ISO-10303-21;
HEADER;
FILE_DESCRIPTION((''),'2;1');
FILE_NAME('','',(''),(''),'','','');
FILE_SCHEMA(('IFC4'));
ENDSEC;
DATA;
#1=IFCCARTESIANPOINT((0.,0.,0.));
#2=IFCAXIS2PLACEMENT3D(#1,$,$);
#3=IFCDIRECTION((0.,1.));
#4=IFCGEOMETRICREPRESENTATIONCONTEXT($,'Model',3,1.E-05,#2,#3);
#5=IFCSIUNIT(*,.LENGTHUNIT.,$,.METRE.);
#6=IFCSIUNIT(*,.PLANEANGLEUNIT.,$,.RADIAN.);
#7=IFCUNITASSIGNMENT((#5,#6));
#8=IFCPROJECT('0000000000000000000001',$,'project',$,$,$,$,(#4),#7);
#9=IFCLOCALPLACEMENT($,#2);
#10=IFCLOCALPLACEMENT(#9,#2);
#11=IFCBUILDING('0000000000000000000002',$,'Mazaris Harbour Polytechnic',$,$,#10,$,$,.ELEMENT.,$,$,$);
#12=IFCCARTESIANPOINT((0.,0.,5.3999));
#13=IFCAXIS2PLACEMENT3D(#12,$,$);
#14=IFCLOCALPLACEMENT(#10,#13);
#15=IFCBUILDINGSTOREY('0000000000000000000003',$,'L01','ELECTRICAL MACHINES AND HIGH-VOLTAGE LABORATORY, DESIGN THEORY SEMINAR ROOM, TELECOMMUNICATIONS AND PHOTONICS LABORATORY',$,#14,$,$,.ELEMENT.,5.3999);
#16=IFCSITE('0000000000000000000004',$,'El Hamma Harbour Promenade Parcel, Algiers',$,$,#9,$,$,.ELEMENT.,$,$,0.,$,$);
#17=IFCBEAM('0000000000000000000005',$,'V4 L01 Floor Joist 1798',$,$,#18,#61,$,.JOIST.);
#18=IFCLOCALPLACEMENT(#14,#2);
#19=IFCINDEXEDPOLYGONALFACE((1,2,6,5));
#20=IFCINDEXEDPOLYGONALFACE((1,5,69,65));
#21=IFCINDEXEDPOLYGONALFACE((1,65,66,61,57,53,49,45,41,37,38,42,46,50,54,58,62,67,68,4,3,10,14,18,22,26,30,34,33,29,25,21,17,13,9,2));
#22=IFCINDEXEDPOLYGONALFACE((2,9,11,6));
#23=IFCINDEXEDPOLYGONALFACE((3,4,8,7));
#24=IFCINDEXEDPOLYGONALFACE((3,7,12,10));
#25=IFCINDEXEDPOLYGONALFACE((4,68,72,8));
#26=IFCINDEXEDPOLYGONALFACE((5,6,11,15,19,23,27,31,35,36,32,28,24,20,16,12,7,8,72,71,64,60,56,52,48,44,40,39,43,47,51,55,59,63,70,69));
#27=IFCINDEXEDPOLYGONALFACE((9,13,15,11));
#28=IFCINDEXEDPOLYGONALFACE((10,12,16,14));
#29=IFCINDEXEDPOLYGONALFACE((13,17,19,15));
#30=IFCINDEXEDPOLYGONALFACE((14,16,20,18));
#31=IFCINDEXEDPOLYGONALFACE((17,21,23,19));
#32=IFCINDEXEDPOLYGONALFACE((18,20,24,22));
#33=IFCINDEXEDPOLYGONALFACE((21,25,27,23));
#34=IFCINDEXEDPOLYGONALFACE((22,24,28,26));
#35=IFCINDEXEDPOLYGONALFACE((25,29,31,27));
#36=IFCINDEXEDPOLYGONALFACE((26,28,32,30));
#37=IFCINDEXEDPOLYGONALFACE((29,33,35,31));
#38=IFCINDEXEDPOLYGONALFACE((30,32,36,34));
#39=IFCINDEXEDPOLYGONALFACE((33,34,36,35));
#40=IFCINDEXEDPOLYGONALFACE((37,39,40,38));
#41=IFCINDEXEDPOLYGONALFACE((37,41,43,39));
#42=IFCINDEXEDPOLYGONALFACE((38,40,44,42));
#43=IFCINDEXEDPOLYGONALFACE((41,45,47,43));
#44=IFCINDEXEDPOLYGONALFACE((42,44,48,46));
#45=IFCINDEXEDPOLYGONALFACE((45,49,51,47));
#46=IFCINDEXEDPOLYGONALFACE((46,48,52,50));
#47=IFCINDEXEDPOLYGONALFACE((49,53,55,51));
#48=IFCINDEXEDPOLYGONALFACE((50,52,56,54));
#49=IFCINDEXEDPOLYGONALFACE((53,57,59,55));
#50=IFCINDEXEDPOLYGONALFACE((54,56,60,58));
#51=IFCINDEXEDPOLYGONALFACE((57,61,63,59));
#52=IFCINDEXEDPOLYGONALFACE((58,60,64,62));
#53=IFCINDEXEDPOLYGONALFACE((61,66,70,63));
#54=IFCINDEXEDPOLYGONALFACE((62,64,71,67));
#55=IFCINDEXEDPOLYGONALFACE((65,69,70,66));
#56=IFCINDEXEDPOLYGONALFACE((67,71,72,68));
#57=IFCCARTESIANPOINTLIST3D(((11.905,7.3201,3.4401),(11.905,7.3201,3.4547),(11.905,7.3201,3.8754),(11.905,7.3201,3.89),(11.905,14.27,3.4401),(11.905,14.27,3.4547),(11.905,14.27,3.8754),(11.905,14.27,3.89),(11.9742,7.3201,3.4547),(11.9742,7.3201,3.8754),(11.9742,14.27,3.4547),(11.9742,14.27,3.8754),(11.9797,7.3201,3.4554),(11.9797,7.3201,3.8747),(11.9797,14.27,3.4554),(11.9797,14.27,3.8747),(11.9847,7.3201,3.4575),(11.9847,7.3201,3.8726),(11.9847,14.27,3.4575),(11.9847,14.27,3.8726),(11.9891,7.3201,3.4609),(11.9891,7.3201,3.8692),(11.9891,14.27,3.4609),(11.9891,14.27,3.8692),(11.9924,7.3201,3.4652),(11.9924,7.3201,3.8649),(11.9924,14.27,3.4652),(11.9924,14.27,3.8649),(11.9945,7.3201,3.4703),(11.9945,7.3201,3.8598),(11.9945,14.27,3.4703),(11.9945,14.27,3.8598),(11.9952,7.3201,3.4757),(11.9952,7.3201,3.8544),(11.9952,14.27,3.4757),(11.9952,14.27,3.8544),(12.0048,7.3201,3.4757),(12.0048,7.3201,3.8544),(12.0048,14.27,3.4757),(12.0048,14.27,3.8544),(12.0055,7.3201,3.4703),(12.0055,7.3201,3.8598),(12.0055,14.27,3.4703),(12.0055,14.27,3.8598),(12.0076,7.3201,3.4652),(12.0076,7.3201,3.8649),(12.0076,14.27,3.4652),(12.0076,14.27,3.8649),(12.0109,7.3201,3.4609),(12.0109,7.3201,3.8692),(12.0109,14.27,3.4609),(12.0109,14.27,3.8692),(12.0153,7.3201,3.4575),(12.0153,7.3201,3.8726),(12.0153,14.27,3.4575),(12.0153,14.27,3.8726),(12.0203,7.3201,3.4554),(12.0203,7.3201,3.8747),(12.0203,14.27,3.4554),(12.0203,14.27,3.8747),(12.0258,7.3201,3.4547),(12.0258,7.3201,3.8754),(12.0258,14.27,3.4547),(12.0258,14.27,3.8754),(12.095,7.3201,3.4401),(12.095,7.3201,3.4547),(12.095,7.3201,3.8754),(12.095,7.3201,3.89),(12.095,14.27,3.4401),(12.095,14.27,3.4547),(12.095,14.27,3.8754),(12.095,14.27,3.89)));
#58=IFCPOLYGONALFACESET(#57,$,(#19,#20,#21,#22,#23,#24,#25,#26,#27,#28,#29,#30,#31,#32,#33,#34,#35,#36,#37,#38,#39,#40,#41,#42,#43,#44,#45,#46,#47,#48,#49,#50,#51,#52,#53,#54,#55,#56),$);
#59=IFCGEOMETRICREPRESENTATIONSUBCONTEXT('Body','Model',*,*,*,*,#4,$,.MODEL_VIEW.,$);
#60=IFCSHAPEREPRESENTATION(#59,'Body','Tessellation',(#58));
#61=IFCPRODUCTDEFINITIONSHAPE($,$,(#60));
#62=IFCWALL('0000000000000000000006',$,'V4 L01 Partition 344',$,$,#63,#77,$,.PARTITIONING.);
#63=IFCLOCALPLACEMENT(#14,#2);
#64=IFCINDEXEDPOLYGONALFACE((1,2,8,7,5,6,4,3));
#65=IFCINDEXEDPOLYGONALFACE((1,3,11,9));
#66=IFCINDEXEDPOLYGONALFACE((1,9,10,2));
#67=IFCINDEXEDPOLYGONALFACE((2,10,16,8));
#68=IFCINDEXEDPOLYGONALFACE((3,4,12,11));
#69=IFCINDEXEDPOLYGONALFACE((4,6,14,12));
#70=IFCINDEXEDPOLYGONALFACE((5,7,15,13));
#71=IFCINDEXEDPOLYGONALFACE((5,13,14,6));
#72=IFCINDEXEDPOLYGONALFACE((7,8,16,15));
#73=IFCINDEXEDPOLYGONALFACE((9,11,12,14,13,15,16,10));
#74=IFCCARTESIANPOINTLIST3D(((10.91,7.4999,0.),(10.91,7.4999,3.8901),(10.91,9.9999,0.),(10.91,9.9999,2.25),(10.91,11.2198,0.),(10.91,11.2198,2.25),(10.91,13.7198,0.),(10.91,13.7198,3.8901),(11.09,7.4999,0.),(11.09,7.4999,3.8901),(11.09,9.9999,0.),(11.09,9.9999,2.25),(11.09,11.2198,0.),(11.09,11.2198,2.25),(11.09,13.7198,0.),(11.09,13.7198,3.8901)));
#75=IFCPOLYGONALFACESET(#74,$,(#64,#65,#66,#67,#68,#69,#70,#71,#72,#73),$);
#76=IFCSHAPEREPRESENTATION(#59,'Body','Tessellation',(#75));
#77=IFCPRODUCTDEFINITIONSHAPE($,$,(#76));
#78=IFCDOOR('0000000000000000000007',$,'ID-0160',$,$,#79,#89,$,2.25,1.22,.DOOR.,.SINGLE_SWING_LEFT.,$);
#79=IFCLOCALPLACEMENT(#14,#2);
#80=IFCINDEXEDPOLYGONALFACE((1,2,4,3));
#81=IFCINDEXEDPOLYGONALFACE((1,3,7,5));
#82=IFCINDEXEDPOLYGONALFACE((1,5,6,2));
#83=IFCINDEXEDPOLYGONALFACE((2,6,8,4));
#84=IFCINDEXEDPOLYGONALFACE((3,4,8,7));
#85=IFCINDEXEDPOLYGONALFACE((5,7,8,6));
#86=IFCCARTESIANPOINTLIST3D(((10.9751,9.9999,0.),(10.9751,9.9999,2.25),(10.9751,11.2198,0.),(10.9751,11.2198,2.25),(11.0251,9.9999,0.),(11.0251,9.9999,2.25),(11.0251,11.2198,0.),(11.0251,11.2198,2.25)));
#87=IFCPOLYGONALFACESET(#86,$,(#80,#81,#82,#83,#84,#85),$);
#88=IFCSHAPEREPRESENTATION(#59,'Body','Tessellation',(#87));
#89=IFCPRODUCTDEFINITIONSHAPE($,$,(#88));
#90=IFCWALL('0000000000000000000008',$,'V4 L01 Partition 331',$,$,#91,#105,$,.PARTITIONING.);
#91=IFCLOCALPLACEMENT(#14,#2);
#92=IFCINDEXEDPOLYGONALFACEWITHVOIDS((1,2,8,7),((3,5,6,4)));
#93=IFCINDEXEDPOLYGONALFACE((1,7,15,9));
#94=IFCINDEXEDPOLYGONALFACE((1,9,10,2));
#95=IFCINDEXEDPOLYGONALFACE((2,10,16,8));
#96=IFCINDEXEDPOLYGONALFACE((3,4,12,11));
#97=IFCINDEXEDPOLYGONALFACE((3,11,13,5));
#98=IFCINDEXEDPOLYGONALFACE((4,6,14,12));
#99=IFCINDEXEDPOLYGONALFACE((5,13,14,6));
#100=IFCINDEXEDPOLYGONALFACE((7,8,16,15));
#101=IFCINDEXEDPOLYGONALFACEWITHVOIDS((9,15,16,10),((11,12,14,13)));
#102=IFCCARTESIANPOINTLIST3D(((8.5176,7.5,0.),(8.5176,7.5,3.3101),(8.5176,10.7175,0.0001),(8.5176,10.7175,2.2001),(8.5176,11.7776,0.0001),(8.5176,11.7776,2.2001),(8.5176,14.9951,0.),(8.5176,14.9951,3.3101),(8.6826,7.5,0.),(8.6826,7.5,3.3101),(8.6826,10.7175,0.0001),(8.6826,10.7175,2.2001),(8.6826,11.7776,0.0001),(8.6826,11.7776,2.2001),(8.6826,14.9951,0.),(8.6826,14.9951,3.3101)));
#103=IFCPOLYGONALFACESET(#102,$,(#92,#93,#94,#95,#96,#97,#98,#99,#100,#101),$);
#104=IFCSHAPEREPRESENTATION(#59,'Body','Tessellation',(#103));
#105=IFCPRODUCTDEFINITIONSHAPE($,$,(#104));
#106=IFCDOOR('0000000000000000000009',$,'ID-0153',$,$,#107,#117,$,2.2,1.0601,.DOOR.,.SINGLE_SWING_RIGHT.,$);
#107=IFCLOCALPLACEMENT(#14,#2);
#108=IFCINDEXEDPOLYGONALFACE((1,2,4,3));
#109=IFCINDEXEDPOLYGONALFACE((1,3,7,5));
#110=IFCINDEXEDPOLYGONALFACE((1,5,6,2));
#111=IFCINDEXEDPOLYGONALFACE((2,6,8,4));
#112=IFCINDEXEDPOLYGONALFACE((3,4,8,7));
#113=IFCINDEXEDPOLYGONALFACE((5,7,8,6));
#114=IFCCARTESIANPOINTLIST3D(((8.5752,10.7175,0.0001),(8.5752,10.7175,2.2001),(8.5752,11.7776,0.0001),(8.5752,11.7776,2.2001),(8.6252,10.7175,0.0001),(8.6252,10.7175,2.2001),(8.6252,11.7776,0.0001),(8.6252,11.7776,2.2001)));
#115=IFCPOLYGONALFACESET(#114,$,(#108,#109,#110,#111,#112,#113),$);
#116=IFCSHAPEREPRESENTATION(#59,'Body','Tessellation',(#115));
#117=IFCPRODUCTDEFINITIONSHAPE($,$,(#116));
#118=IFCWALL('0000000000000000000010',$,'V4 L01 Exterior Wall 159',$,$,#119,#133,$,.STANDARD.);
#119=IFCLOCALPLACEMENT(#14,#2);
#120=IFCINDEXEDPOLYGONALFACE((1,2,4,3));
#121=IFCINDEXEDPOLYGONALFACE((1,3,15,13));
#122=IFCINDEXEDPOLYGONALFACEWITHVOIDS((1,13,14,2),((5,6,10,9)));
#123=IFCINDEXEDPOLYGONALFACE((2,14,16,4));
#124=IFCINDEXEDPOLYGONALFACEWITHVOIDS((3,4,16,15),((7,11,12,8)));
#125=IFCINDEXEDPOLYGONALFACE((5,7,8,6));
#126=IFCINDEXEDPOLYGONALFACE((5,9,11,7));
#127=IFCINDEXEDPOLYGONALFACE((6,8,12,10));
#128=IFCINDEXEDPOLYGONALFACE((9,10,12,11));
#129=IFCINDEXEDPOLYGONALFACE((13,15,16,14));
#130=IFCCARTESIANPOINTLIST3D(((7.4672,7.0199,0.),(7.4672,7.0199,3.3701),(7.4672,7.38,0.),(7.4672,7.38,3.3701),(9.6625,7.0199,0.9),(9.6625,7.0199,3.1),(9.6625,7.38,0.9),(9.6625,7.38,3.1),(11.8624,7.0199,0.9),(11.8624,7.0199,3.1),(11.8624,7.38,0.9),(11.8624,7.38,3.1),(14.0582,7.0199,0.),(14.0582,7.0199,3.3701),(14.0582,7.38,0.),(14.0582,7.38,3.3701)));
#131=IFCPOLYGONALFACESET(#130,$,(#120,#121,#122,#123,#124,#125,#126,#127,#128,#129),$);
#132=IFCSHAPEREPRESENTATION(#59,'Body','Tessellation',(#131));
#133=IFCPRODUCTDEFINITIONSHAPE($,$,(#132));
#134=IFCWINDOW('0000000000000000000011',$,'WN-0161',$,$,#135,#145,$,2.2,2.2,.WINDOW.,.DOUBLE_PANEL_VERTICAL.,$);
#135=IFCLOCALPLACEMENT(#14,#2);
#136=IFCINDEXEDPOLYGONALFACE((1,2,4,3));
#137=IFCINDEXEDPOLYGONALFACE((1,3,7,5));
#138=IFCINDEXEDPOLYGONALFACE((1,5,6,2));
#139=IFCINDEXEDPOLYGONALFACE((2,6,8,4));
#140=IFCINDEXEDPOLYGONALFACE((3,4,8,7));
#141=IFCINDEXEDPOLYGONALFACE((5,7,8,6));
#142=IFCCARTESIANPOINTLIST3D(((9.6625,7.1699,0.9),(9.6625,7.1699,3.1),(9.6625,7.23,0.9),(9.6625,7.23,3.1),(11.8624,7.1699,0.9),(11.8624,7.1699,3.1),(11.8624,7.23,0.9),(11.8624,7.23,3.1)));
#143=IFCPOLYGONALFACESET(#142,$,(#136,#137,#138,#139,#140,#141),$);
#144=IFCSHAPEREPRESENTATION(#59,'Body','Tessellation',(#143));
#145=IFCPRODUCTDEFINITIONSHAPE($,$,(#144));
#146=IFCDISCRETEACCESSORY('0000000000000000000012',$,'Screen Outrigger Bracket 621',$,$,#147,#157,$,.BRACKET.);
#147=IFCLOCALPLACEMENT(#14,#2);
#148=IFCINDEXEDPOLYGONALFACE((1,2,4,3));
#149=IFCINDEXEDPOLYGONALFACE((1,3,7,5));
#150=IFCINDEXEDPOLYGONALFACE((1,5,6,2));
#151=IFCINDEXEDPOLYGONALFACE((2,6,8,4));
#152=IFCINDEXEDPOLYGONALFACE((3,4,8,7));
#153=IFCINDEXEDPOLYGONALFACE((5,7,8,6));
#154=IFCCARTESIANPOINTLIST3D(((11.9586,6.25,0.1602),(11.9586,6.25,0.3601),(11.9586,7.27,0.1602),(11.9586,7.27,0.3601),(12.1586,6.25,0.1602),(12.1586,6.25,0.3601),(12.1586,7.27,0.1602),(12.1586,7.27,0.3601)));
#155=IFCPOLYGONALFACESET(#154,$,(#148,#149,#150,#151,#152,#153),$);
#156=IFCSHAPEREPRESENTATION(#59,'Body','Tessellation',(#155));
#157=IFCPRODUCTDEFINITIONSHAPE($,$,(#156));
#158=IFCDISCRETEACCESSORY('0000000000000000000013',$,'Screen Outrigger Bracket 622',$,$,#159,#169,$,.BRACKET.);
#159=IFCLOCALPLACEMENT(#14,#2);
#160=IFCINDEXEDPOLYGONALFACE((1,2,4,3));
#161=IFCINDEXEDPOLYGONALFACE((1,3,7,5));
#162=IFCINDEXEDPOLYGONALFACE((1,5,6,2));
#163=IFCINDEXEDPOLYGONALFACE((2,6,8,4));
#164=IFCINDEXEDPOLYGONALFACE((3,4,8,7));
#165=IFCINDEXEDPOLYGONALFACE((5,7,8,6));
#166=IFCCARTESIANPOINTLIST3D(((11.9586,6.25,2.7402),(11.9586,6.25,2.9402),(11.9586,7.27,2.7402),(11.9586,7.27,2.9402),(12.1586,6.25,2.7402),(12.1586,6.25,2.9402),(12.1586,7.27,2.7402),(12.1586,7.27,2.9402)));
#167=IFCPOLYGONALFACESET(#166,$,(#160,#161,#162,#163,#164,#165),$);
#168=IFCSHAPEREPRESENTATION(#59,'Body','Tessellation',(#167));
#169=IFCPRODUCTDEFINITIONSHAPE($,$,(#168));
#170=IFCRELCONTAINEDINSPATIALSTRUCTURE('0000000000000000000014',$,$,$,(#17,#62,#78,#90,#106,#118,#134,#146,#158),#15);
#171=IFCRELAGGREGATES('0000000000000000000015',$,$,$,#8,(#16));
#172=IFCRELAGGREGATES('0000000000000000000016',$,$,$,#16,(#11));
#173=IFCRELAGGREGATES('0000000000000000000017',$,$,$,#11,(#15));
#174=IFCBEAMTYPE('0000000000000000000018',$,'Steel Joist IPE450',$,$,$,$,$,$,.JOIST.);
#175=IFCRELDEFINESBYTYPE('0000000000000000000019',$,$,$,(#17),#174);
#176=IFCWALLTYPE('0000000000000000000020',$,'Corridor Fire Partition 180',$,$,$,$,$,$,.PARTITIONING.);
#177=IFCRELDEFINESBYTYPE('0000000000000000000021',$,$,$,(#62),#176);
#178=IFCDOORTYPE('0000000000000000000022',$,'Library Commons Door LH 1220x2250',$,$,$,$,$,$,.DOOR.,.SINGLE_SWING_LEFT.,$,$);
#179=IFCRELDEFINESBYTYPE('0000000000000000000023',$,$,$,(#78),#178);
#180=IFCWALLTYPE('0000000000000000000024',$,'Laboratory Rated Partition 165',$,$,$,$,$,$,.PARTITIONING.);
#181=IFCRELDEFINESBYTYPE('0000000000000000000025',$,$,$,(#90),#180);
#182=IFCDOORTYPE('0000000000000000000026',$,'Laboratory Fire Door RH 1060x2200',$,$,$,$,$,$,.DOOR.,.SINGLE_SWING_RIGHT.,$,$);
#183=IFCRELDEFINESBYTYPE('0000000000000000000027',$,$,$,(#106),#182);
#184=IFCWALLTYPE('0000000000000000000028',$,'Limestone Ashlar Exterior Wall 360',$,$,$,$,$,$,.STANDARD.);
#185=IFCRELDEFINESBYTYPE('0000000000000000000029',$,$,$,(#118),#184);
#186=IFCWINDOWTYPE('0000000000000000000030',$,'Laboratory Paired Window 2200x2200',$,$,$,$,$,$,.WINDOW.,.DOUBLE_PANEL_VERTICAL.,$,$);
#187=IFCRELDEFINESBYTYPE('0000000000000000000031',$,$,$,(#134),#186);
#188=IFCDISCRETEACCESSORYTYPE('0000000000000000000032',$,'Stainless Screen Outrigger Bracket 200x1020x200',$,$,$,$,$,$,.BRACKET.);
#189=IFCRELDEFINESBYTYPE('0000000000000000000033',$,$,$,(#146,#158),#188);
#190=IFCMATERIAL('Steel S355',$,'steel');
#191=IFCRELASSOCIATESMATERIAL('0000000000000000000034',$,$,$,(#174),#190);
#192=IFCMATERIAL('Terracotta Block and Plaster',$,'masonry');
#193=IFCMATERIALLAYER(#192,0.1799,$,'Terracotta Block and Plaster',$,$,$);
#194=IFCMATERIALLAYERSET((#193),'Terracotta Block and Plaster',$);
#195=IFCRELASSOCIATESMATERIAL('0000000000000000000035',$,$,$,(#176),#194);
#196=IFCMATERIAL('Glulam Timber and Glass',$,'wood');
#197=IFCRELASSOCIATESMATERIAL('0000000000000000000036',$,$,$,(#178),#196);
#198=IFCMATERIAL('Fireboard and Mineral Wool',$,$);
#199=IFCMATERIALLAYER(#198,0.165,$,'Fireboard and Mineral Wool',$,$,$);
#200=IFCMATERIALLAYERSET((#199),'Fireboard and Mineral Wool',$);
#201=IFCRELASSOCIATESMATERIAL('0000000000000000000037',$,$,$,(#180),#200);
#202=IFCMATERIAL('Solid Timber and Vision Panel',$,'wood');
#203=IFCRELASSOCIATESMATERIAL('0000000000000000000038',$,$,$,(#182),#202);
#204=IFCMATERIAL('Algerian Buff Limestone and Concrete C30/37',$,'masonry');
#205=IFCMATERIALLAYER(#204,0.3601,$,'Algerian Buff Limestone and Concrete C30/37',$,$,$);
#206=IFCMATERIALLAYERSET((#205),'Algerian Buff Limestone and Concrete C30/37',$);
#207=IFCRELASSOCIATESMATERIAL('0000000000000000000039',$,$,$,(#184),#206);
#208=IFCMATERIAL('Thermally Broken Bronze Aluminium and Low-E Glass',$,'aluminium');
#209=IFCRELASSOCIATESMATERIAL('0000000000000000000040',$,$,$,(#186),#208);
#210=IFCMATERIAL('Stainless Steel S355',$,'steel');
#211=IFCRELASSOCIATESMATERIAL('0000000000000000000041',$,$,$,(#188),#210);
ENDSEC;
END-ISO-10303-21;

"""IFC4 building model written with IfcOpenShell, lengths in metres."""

from ifc_helpers import new_model, si_unit, direction, frame, frame_2d, origin, origin_2d, place, context, subcontext, project, spatial, rectangle, i_section, extrude, material, layer, layer_set, material_profile, profile_set, type_object, element, fill, save


model = new_model("IFC4")

# Units and contexts
model_context = context("Model", 3, precision=1e-05, world=origin(), true_north=direction((0.0, 1.0)))
body_context = subcontext(model_context, "Body", "Model", "MODEL_VIEW")
ifc_project = project(units=[si_unit("LENGTHUNIT", "METRE"), si_unit("PLANEANGLEUNIT", "RADIAN")], contexts=[model_context])

# Site, building, storey
site_placement = place(None, origin())
site = spatial("IfcSite", under=ifc_project, at=site_placement, Name="El Hamma Harbour Promenade Parcel, Algiers", CompositionType="ELEMENT", RefElevation=0.0)
building_placement = place(site_placement, origin())
building = spatial("IfcBuilding", under=site, at=building_placement, Name="Mazaris Harbour Polytechnic", CompositionType="ELEMENT")
storey_placement = place(building_placement, frame((0.0, 0.0, 5.3999)))
storey = spatial("IfcBuildingStorey", under=building, at=storey_placement, Name="L01", Description="ELECTRICAL MACHINES AND HIGH-VOLTAGE LABORATORY, DESIGN THEORY SEMINAR ROOM, TELECOMMUNICATIONS AND PHOTONICS LABORATORY", CompositionType="ELEMENT", Elevation=5.3999)

# Beam
ifc_material_1 = material(Name="Steel S355", Category="steel")
ifc_material_profile_1 = material_profile(ifc_material_1, i_section(OverallWidth=0.1899, OverallDepth=0.45, WebThickness=0.0095, FlangeThickness=0.0146, FilletRadius=0.021, at=origin_2d()), Name="IPE 450")
ifc_profile_set_1 = profile_set([ifc_material_profile_1], Name="Steel S355")
beam_type_1 = type_object("IfcBeamType", Name="Steel Joist IPE450", PredefinedType="JOIST", material=ifc_profile_set_1)
beam_1_placement = place(storey_placement, frame((12.0, 7.3201, 3.665), z_axis=(0.0, 1.0, 0.0), x_axis=(-1.0, 0.0, 0.0)))
element("IfcBeam", 1, at=beam_1_placement, inside=storey, type_object=beam_type_1, Name="V4 L01 Floor Joist 1798", PredefinedType="JOIST", context=body_context, shape_type="SweptSolid", body=[
    extrude(i_section(OverallWidth=0.1899, OverallDepth=0.45, WebThickness=0.0095, FlangeThickness=0.0146, FilletRadius=0.021, at=origin_2d()), origin(), (0.0, 0.0, 1.0), 6.95),
])

# Walls, openings, doors
ifc_material_2 = material(Name="Terracotta Block and Plaster", Category="masonry")
ifc_layer_1 = layer(ifc_material_2, 0.1799, Name="Terracotta Block and Plaster")
ifc_layer_set_1 = layer_set([ifc_layer_1], Name="Terracotta Block and Plaster")
wall_type_1 = type_object("IfcWallType", Name="Corridor Fire Partition 180", PredefinedType="PARTITIONING", material=ifc_layer_set_1)
wall_1_placement = place(storey_placement, frame((11.0, 7.5, 0.0), z_axis=(0.0, 0.0, 1.0), x_axis=(0.0, 1.0, 0.0)))
wall_1 = element("IfcWall", 2, at=wall_1_placement, inside=storey, type_object=wall_type_1, Name="V4 L01 Partition 344", PredefinedType="PARTITIONING", context=body_context, shape_type="SweptSolid", body=[
    extrude(rectangle(XDim=6.22, YDim=0.1799, at=frame_2d((3.1099, 0.0))), origin(), (0.0, 0.0, 1.0), 3.8901),
])
opening_1_placement = place(wall_1_placement, frame((2.5, 0.0, 0.0)))
opening_1 = element("IfcOpeningElement", 3, at=opening_1_placement, cuts=wall_1, PredefinedType="OPENING", context=body_context, shape_type="SweptSolid", body=[
    extrude(rectangle(XDim=1.22, YDim=2.25, at=frame_2d((0.6099, 1.125))), frame((0.0, 0.0999, 0.0), z_axis=(0.0, -1.0, 0.0), x_axis=(1.0, 0.0, 0.0)), (0.0, 0.0, 1.0), 0.2),
])
ifc_material_3 = material(Name="Glulam Timber and Glass", Category="wood")
door_type_1 = type_object("IfcDoorType", Name="Library Commons Door LH 1220x2250", OperationType="SINGLE_SWING_LEFT", PredefinedType="DOOR", material=ifc_material_3)
door_1_placement = place(opening_1_placement, origin())
door_1 = element("IfcDoor", 4, at=door_1_placement, inside=storey, type_object=door_type_1, Name="ID-0160", OperationType="SINGLE_SWING_LEFT", OverallHeight=2.25, OverallWidth=1.22, PredefinedType="DOOR", context=body_context, shape_type="SweptSolid", body=[
    extrude(rectangle(XDim=1.22, YDim=2.25, at=frame_2d((0.6099, 1.125))), frame((0.0, 0.0249, 0.0), z_axis=(0.0, -1.0, 0.0), x_axis=(1.0, 0.0, 0.0)), (0.0, 0.0, 1.0), 0.05),
])
fill(opening_1, door_1)
ifc_material_4 = material(Name="Fireboard and Mineral Wool")
ifc_layer_2 = layer(ifc_material_4, 0.165, Name="Fireboard and Mineral Wool")
ifc_layer_set_2 = layer_set([ifc_layer_2], Name="Fireboard and Mineral Wool")
wall_type_2 = type_object("IfcWallType", Name="Laboratory Rated Partition 165", PredefinedType="PARTITIONING", material=ifc_layer_set_2)
wall_2_placement = place(storey_placement, frame((8.6001, 7.5, 0.0), z_axis=(0.0, 0.0, 1.0), x_axis=(0.0, 1.0, 0.0)))
wall_2 = element("IfcWall", 5, at=wall_2_placement, inside=storey, type_object=wall_type_2, Name="V4 L01 Partition 331", PredefinedType="PARTITIONING", context=body_context, shape_type="SweptSolid", body=[
    extrude(rectangle(XDim=7.4951, YDim=0.165, at=frame_2d((3.7476, 0.0))), origin(), (0.0, 0.0, 1.0), 3.3101),
])
opening_2_placement = place(wall_2_placement, frame((3.2175, 0.0, 0.0)))
opening_2 = element("IfcOpeningElement", 6, at=opening_2_placement, cuts=wall_2, PredefinedType="OPENING", context=body_context, shape_type="SweptSolid", body=[
    extrude(rectangle(XDim=1.0601, YDim=2.2, at=frame_2d((0.53, 1.1001))), frame((0.0, 0.0925, 0.0), z_axis=(0.0, -1.0, 0.0), x_axis=(1.0, 0.0, 0.0)), (0.0, 0.0, 1.0), 0.1851),
])
ifc_material_5 = material(Name="Solid Timber and Vision Panel", Category="wood")
door_type_2 = type_object("IfcDoorType", Name="Laboratory Fire Door RH 1060x2200", OperationType="SINGLE_SWING_RIGHT", PredefinedType="DOOR", material=ifc_material_5)
door_2_placement = place(opening_2_placement, origin())
door_2 = element("IfcDoor", 7, at=door_2_placement, inside=storey, type_object=door_type_2, Name="ID-0153", OperationType="SINGLE_SWING_RIGHT", OverallHeight=2.2, OverallWidth=1.0601, PredefinedType="DOOR", context=body_context, shape_type="SweptSolid", body=[
    extrude(rectangle(XDim=1.0601, YDim=2.2, at=frame_2d((0.53, 1.1001))), frame((0.0, 0.0249, 0.0), z_axis=(0.0, -1.0, 0.0), x_axis=(1.0, 0.0, 0.0)), (0.0, 0.0, 1.0), 0.05),
])
fill(opening_2, door_2)

# Wall, opening, window
ifc_material_6 = material(Name="Algerian Buff Limestone and Concrete C30/37", Category="masonry")
ifc_layer_3 = layer(ifc_material_6, 0.3601, Name="Algerian Buff Limestone and Concrete C30/37")
ifc_layer_set_3 = layer_set([ifc_layer_3], Name="Algerian Buff Limestone and Concrete C30/37")
wall_type_3 = type_object("IfcWallType", Name="Limestone Ashlar Exterior Wall 360", PredefinedType="STANDARD", material=ifc_layer_set_3)
wall_3_placement = place(storey_placement, frame((14.0581, 7.2, 0.0), z_axis=(0.0, 0.0, 1.0), x_axis=(-1.0, 0.0, 0.0)))
wall_3 = element("IfcWall", 8, at=wall_3_placement, inside=storey, type_object=wall_type_3, Name="V4 L01 Exterior Wall 159", PredefinedType="STANDARD", context=body_context, shape_type="SweptSolid", body=[
    extrude(rectangle(XDim=6.5911, YDim=0.3601, at=frame_2d((3.2954, 0.0))), origin(), (0.0, 0.0, 1.0), 3.3701),
])
opening_3_placement = place(wall_3_placement, frame((2.1956, 0.0, 0.8999)))
opening_3 = element("IfcOpeningElement", 9, at=opening_3_placement, cuts=wall_3, PredefinedType="OPENING", context=body_context, shape_type="SweptSolid", body=[
    extrude(rectangle(XDim=2.2, YDim=2.2, at=frame_2d((1.1001, 1.1001))), frame((0.0, 0.1899, 0.0), z_axis=(0.0, -1.0, 0.0), x_axis=(1.0, 0.0, 0.0)), (0.0, 0.0, 1.0), 0.3801),
])
ifc_material_7 = material(Name="Thermally Broken Bronze Aluminium and Low-E Glass", Category="aluminium")
window_type = type_object("IfcWindowType", Name="Laboratory Paired Window 2200x2200", PartitioningType="DOUBLE_PANEL_VERTICAL", PredefinedType="WINDOW", material=ifc_material_7)
window_placement = place(opening_3_placement, origin())
window = element("IfcWindow", 10, at=window_placement, inside=storey, type_object=window_type, Name="WN-0161", OverallHeight=2.2, OverallWidth=2.2, PartitioningType="DOUBLE_PANEL_VERTICAL", PredefinedType="WINDOW", context=body_context, shape_type="SweptSolid", body=[
    extrude(rectangle(XDim=2.2, YDim=2.2, at=frame_2d((1.1001, 1.1001))), frame((0.0, 0.03, 0.0), z_axis=(0.0, -1.0, 0.0), x_axis=(1.0, 0.0, 0.0)), (0.0, 0.0, 1.0), 0.0601),
])
fill(opening_3, window)

# Discrete accessories
ifc_material_8 = material(Name="Stainless Steel S355", Category="steel")
discrete_accessory_type = type_object("IfcDiscreteAccessoryType", Name="Stainless Screen Outrigger Bracket 200x1020x200", PredefinedType="BRACKET", material=ifc_material_8)
for number, where, z_axis, x_axis, name in (
    (11, (12.0586, 6.76, 0.1602), (0.0, 0.0, 1.0), (-1.0, 0.0, 0.0), "Screen Outrigger Bracket 621"),
    (12, (12.0586, 6.76, 2.7402), (0.0, 0.0, 1.0), (-1.0, 0.0, 0.0), "Screen Outrigger Bracket 622"),
):
    element("IfcDiscreteAccessory", number, at=place(storey_placement, frame(where, z_axis=z_axis, x_axis=x_axis)), inside=storey, type_object=discrete_accessory_type, Name=name, PredefinedType="BRACKET", context=body_context, shape_type="SweptSolid", body=[
        extrude(rectangle(XDim=0.2, YDim=1.02, at=origin_2d()), origin(), (0.0, 0.0, 1.0), 0.2),
    ])

save(model, "model.ifc")
